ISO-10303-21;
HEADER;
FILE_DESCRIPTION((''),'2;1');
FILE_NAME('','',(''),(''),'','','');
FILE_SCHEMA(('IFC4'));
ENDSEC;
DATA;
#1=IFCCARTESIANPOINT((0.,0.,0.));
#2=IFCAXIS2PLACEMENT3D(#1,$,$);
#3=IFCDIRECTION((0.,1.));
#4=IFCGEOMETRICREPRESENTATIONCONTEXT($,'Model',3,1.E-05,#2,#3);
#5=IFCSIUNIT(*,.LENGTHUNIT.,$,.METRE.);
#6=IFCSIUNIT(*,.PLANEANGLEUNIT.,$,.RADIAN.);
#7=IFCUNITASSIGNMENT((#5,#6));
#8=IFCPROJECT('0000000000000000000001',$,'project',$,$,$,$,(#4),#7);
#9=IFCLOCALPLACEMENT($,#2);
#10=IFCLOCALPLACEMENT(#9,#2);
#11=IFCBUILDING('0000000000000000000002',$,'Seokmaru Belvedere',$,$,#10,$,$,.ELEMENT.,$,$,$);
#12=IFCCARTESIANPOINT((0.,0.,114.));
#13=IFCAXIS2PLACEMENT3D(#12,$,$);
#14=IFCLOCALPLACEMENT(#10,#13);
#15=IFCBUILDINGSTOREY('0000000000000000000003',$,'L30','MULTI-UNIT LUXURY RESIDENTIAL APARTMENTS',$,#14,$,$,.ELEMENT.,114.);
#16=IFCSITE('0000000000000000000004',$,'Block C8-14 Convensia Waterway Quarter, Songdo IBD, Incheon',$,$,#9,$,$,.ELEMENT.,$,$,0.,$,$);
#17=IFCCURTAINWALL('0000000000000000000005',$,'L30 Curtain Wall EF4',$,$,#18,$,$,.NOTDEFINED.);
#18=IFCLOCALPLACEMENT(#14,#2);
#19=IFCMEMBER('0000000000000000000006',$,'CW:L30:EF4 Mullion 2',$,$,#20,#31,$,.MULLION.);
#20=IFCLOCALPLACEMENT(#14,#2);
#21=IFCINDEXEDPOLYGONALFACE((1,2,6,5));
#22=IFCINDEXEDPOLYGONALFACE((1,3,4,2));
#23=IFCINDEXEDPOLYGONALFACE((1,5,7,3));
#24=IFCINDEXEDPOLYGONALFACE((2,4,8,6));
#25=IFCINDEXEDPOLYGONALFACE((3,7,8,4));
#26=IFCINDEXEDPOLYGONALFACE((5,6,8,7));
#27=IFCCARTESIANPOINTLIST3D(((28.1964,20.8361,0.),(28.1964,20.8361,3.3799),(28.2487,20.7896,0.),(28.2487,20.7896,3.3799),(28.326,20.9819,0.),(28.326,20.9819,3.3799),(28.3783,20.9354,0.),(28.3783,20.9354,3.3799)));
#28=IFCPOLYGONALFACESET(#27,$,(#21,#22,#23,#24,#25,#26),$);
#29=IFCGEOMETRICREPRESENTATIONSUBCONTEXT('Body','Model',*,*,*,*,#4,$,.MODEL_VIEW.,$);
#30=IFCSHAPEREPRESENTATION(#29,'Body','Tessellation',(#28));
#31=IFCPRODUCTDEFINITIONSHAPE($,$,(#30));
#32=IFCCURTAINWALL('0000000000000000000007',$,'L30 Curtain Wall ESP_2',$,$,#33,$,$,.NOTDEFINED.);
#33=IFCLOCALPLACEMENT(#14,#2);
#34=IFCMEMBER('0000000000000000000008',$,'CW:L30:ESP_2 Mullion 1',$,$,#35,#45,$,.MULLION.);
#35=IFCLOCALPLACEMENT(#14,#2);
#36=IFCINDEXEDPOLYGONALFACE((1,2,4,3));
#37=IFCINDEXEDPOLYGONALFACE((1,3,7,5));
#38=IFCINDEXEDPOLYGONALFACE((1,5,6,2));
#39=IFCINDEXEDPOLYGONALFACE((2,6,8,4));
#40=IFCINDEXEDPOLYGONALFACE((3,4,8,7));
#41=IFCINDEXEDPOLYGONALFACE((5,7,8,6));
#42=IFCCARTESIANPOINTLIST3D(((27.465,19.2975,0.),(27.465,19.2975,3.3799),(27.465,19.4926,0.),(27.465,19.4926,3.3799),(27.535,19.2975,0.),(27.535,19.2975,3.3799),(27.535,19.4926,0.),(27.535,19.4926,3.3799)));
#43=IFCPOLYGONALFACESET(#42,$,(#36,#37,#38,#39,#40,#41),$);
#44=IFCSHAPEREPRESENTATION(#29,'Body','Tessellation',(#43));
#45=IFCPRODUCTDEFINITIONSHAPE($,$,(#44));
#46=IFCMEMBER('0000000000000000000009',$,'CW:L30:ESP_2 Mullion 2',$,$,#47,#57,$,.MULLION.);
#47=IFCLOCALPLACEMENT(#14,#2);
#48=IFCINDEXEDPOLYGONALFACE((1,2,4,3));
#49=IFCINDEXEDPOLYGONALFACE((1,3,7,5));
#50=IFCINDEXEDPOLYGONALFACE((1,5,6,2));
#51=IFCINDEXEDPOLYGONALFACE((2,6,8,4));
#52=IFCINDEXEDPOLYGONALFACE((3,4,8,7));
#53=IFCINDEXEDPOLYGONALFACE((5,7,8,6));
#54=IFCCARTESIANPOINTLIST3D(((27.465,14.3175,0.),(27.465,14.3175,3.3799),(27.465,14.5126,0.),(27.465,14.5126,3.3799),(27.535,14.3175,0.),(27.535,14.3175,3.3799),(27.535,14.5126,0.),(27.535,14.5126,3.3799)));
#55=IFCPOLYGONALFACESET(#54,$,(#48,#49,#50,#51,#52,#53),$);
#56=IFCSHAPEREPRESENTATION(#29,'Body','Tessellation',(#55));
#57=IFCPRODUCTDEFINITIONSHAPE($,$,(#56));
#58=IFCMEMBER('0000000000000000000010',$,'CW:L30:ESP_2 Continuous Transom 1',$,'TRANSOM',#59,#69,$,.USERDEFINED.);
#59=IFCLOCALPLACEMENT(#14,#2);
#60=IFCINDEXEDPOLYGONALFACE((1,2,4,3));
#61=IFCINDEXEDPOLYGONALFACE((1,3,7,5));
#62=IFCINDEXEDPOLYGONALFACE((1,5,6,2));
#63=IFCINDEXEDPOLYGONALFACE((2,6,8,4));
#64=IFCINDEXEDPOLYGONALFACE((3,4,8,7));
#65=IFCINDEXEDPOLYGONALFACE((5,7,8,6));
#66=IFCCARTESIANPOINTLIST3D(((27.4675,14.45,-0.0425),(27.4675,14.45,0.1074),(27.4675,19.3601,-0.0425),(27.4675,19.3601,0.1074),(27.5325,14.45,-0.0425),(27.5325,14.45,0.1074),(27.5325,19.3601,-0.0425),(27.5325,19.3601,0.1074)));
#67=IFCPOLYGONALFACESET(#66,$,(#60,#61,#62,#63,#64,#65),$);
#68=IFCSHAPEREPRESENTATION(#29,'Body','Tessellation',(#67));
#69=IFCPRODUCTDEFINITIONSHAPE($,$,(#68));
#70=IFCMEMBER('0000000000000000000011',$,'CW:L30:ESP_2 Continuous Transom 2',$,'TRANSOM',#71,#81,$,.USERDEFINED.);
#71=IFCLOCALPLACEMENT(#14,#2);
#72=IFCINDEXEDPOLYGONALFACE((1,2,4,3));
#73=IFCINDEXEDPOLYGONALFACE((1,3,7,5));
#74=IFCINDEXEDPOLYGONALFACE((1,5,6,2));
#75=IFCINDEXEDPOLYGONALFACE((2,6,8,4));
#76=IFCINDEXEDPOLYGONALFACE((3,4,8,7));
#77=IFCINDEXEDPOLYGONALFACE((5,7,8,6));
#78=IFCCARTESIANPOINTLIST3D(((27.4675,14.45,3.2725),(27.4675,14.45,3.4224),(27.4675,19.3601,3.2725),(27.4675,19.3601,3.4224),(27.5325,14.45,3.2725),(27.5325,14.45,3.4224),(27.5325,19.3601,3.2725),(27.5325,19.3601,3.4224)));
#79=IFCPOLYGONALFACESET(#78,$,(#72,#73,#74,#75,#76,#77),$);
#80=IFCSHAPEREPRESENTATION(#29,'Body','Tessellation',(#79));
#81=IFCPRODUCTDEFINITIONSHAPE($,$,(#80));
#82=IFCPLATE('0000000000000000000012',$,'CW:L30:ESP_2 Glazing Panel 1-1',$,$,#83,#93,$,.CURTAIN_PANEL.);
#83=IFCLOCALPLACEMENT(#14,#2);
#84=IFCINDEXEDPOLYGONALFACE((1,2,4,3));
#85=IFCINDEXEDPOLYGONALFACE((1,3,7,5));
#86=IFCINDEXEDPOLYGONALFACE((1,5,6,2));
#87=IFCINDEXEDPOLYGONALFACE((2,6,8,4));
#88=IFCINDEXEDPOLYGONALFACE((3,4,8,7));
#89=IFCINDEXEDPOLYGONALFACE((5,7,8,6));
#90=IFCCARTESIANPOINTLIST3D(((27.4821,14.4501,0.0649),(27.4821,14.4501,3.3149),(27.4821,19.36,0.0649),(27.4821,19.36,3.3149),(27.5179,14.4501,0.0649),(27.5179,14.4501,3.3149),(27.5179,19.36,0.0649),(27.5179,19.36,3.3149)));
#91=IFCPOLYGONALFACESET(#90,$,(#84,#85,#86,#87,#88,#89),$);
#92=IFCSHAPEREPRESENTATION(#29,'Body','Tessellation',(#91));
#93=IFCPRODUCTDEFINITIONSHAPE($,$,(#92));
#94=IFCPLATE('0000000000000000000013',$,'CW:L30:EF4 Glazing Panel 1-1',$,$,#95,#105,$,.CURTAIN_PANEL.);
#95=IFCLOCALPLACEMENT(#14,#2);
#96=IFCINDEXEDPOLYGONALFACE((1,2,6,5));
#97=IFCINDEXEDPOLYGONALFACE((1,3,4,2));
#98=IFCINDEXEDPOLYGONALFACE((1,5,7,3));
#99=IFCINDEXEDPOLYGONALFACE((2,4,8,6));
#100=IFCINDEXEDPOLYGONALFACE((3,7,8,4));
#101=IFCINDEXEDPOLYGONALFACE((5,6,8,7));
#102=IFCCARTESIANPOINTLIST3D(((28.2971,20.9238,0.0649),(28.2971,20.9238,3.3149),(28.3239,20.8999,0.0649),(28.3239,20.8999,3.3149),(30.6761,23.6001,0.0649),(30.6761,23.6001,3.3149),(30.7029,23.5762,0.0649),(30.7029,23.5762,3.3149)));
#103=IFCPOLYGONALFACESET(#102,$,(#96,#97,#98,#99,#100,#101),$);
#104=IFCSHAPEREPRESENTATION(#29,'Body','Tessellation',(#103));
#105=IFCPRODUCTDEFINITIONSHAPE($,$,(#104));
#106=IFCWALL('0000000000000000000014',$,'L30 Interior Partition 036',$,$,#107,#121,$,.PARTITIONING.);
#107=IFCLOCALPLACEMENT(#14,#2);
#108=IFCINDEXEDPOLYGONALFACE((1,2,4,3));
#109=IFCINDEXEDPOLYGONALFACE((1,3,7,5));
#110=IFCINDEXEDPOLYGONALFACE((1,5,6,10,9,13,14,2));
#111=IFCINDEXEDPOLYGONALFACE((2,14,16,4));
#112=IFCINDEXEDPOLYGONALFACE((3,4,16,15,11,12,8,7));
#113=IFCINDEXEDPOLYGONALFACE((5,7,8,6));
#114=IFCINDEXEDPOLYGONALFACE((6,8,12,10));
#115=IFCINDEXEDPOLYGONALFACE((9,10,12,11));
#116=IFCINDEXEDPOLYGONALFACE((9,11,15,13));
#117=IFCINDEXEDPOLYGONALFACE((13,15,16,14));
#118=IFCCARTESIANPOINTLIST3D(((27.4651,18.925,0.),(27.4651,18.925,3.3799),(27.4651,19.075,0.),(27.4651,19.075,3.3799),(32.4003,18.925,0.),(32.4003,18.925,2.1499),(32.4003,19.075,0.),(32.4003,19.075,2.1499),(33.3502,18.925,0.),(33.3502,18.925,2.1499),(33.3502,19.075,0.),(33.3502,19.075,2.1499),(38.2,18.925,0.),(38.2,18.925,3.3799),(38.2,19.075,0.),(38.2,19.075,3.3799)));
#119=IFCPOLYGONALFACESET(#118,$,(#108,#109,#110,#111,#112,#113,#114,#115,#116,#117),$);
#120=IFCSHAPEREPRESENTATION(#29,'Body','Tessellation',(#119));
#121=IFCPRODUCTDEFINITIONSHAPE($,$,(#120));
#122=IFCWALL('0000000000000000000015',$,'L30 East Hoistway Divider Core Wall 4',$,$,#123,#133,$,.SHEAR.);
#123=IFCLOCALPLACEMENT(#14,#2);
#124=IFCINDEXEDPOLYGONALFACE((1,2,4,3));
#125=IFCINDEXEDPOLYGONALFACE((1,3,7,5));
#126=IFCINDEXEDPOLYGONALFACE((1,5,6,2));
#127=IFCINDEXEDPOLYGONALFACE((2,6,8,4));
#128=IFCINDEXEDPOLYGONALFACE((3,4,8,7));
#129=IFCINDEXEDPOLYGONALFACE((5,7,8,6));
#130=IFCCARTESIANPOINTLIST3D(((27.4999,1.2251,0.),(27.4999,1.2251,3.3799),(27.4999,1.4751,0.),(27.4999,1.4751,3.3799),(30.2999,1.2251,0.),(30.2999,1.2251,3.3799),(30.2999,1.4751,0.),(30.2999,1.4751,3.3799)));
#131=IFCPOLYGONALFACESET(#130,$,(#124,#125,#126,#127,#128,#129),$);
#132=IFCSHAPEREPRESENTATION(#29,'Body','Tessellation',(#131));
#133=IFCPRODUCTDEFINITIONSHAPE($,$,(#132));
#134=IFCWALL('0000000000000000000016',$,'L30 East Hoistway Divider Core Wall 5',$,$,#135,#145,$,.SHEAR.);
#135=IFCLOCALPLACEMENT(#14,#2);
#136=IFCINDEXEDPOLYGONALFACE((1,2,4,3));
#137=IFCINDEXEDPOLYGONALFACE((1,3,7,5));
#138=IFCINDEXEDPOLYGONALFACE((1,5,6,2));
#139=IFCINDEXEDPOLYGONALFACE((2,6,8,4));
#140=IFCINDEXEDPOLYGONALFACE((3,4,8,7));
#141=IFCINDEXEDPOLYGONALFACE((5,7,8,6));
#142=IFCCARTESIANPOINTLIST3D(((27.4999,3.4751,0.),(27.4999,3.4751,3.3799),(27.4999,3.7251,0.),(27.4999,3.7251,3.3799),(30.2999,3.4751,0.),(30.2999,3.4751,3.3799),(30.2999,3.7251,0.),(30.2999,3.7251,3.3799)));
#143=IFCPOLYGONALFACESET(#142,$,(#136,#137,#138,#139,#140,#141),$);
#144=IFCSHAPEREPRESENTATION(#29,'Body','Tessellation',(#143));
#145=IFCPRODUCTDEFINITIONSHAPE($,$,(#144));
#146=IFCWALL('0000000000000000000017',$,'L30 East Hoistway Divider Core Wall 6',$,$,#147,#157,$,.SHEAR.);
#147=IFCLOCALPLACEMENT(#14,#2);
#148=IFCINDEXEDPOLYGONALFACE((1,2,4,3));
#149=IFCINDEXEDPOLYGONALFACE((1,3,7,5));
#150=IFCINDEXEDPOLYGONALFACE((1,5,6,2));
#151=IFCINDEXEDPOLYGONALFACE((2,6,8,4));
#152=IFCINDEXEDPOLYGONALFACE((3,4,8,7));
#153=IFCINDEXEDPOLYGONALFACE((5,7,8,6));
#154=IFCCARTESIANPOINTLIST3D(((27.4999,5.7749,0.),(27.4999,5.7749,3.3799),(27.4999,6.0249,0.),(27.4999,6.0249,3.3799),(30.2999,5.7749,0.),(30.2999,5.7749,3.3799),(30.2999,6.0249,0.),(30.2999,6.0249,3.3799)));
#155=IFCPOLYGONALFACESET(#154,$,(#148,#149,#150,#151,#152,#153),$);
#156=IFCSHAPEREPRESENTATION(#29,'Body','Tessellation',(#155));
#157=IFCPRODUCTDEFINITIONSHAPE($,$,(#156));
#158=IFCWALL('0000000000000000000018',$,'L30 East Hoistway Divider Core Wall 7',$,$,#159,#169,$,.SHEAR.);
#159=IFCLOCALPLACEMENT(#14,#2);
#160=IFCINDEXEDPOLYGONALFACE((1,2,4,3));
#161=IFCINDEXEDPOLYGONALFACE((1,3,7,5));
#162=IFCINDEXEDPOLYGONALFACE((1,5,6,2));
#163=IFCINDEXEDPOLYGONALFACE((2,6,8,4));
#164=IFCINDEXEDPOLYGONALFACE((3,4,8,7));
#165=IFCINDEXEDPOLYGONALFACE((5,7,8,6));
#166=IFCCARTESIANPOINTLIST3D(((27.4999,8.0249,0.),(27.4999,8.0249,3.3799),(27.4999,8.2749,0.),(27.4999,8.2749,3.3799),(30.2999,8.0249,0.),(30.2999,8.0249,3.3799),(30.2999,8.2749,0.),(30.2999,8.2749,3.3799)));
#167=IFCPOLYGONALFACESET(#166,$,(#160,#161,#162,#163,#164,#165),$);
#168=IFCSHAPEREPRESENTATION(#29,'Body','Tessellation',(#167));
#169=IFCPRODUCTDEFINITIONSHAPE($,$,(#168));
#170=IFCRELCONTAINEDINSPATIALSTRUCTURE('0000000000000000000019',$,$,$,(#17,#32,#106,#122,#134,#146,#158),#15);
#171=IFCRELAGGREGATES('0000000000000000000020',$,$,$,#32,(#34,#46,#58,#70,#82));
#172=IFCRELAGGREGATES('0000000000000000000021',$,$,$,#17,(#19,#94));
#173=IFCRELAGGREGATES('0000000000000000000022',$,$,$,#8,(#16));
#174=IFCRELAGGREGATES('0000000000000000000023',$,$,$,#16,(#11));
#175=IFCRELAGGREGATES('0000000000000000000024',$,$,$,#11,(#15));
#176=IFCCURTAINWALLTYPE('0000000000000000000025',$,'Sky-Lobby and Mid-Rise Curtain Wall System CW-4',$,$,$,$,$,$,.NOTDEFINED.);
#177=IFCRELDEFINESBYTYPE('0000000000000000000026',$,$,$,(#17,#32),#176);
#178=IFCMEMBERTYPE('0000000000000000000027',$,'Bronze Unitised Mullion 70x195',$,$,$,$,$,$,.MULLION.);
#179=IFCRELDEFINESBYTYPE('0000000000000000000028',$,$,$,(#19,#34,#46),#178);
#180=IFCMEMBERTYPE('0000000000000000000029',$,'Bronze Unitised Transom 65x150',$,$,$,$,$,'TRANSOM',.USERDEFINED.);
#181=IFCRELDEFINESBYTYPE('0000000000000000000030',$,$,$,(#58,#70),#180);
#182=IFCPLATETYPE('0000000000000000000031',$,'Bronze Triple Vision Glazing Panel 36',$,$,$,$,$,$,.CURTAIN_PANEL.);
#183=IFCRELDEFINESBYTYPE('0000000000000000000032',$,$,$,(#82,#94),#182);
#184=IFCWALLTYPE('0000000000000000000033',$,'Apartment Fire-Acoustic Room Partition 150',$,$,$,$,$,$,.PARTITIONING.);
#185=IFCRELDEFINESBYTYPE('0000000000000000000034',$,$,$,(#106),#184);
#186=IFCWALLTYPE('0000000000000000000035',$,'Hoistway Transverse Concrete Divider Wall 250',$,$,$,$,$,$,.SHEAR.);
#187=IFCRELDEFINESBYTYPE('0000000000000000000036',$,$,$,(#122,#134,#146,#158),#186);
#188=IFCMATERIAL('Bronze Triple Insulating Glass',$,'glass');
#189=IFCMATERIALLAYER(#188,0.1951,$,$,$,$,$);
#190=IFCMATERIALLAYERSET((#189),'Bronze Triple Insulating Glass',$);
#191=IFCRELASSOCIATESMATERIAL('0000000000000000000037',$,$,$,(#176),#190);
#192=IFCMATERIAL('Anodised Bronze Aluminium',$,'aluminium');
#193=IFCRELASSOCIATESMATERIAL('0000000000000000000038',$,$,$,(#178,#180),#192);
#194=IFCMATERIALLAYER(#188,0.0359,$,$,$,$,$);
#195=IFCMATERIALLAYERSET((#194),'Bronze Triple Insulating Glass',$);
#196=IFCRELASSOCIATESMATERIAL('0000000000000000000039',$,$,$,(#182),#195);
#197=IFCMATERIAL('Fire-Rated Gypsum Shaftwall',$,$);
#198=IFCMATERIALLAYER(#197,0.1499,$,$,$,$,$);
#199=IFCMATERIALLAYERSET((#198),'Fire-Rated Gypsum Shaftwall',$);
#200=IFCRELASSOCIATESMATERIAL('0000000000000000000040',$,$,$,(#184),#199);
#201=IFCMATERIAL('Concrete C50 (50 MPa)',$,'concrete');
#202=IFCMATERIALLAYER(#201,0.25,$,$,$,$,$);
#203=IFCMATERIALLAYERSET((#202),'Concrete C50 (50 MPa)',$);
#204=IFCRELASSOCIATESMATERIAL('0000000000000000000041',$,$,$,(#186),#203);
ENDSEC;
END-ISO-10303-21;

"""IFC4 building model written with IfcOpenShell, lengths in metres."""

from ifc_helpers import new_model, si_unit, direction, frame, frame_2d, origin, origin_2d, place, context, subcontext, project, spatial, rectangle, extrude, source, transform, mapped, material, layer, layer_set, material_profile, profile_set, type_object, type_shapes, element, aggregate, save


model = new_model("IFC4")

# Units and contexts
model_context = context("Model", 3, precision=1e-05, world=origin(), true_north=direction((0.0, 1.0)))
body_context = subcontext(model_context, "Body", "Model", "MODEL_VIEW")
ifc_project = project(units=[si_unit("LENGTHUNIT", "METRE"), si_unit("PLANEANGLEUNIT", "RADIAN")], contexts=[model_context])

# Site, building, storey
site_placement = place(None, origin())
site = spatial("IfcSite", under=ifc_project, at=site_placement, Name="Block C8-14 Convensia Waterway Quarter, Songdo IBD, Incheon", CompositionType="ELEMENT", RefElevation=0.0)
building_placement = place(site_placement, origin())
building = spatial("IfcBuilding", under=site, at=building_placement, Name="Seokmaru Belvedere", CompositionType="ELEMENT")
storey_placement = place(building_placement, frame((0.0, 0.0, 114.0)))
storey = spatial("IfcBuildingStorey", under=building, at=storey_placement, Name="L30", Description="MULTI-UNIT LUXURY RESIDENTIAL APARTMENTS", CompositionType="ELEMENT", Elevation=114.0)

# Curtain wall, member
ifc_material_1 = material(Name="Bronze Triple Insulating Glass", Category="glass")
ifc_layer_1 = layer(ifc_material_1, 0.1951)
ifc_layer_set_1 = layer_set([ifc_layer_1], Name="Bronze Triple Insulating Glass")
curtain_wall_type = type_object("IfcCurtainWallType", Name="Sky-Lobby and Mid-Rise Curtain Wall System CW-4", PredefinedType="NOTDEFINED", material=ifc_layer_set_1)
curtain_wall_1_placement = place(storey_placement, origin())
curtain_wall_1 = element("IfcCurtainWall", 1, at=curtain_wall_1_placement, inside=storey, type_object=curtain_wall_type, Name="L30 Curtain Wall EF4", PredefinedType="NOTDEFINED")
ifc_material_2 = material(Name="Anodised Bronze Aluminium", Category="aluminium")
ifc_material_profile_1 = material_profile(ifc_material_2, rectangle(XDim=0.0701, YDim=0.1951, at=origin_2d()), Name="CW-M-70x195")
ifc_profile_set_1 = profile_set([ifc_material_profile_1], Name="Anodised Bronze Aluminium")
member_type_1 = type_object("IfcMemberType", Name="Bronze Unitised Mullion 70x195", PredefinedType="MULLION", material=ifc_profile_set_1)
shared_shape_1 = source(origin(), body_context, "Body", "SweptSolid", [
    extrude(rectangle(XDim=0.0701, YDim=0.1951, at=origin_2d()), origin(), (0.0, 0.0, 1.0), 3.3799),
])
type_shapes(member_type_1, [shared_shape_1])
member_1_placement = place(storey_placement, frame((28.2874, 20.8857, 0.0), z_axis=(0.0, 0.0, 1.0), x_axis=(0.74741, -0.664363, 0.0)))
member_1 = element("IfcMember", 2, at=member_1_placement, type_object=member_type_1, Name="CW:L30:EF4 Mullion 2", PredefinedType="MULLION", context=body_context, shape_type="MappedRepresentation", body=[
    mapped(shared_shape_1, transform((0.0, 0.0, 0.0), scale=1.0)),
])

# Curtain wall, members, plate
curtain_wall_2_placement = place(storey_placement, origin())
curtain_wall_2 = element("IfcCurtainWall", 3, at=curtain_wall_2_placement, inside=storey, type_object=curtain_wall_type, Name="L30 Curtain Wall ESP_2", PredefinedType="NOTDEFINED")
member_2_placement = place(storey_placement, frame((27.5, 19.395, 0.0), z_axis=(0.0, 0.0, 1.0), x_axis=(1.0, 0.0, 0.0)))
member_2 = element("IfcMember", 4, at=member_2_placement, type_object=member_type_1, Name="CW:L30:ESP_2 Mullion 1", PredefinedType="MULLION", context=body_context, shape_type="MappedRepresentation", body=[
    mapped(shared_shape_1, transform((0.0, 0.0, 0.0), scale=1.0)),
])
member_3_placement = place(storey_placement, frame((27.5, 14.415, 0.0), z_axis=(0.0, 0.0, 1.0), x_axis=(1.0, 0.0, 0.0)))
member_3 = element("IfcMember", 5, at=member_3_placement, type_object=member_type_1, Name="CW:L30:ESP_2 Mullion 2", PredefinedType="MULLION", context=body_context, shape_type="MappedRepresentation", body=[
    mapped(shared_shape_1, transform((0.0, 0.0, 0.0), scale=1.0)),
])
ifc_material_profile_2 = material_profile(ifc_material_2, rectangle(XDim=0.0649, YDim=0.1499, at=origin_2d()), Name="CW-T-65x150")
ifc_profile_set_2 = profile_set([ifc_material_profile_2], Name="Anodised Bronze Aluminium")
member_type_2 = type_object("IfcMemberType", Name="Bronze Unitised Transom 65x150", ElementType="TRANSOM", PredefinedType="USERDEFINED", material=ifc_profile_set_2)
shared_shape_2 = source(origin(), body_context, "Body", "SweptSolid", [
    extrude(rectangle(XDim=0.0649, YDim=0.1499, at=origin_2d()), origin(), (0.0, 0.0, 1.0), 4.9102),
])
type_shapes(member_type_2, [shared_shape_2])
member_4_placement = place(storey_placement, frame((27.5, 19.3601, 0.0325), z_axis=(0.0, -1.0, 0.0), x_axis=(1.0, 0.0, 0.0)))
member_4 = element("IfcMember", 6, at=member_4_placement, type_object=member_type_2, Name="CW:L30:ESP_2 Continuous Transom 1", ObjectType="TRANSOM", PredefinedType="USERDEFINED", context=body_context, shape_type="MappedRepresentation", body=[
    mapped(shared_shape_2, transform((0.0, 0.0, 0.0), scale=1.0)),
])
member_5_placement = place(storey_placement, frame((27.5, 19.3601, 3.3474), z_axis=(0.0, -1.0, 0.0), x_axis=(1.0, 0.0, 0.0)))
member_5 = element("IfcMember", 7, at=member_5_placement, type_object=member_type_2, Name="CW:L30:ESP_2 Continuous Transom 2", ObjectType="TRANSOM", PredefinedType="USERDEFINED", context=body_context, shape_type="MappedRepresentation", body=[
    mapped(shared_shape_2, transform((0.0, 0.0, 0.0), scale=1.0)),
])
ifc_layer_2 = layer(ifc_material_1, 0.0359)
ifc_layer_set_2 = layer_set([ifc_layer_2], Name="Bronze Triple Insulating Glass")
plate_type = type_object("IfcPlateType", Name="Bronze Triple Vision Glazing Panel 36", PredefinedType="CURTAIN_PANEL", material=ifc_layer_set_2)
shared_shape_3 = source(origin(), body_context, "Body", "SweptSolid", [
    extrude(rectangle(XDim=4.9099, YDim=0.0359, at=origin_2d()), origin(), (0.0, 0.0, 1.0), 3.25),
])
plate_1_placement = place(storey_placement, frame((27.5, 16.905, 0.0649), z_axis=(0.0, 0.0, 1.0), x_axis=(0.0, -1.0, 0.0)))
plate_1 = element("IfcPlate", 8, at=plate_1_placement, type_object=plate_type, Name="CW:L30:ESP_2 Glazing Panel 1-1", PredefinedType="CURTAIN_PANEL", context=body_context, shape_type="MappedRepresentation", body=[
    mapped(shared_shape_3, transform((0.0, 0.0, 0.0), scale=1.0)),
])
aggregate(curtain_wall_2, [member_2, member_3, member_4, member_5, plate_1])

# Plate
shared_shape_4 = source(origin(), body_context, "Body", "SweptSolid", [
    extrude(rectangle(XDim=3.5808, YDim=0.0359, at=origin_2d()), origin(), (0.0, 0.0, 1.0), 3.25),
])
type_shapes(plate_type, [shared_shape_3, shared_shape_4])
plate_2_placement = place(storey_placement, frame((29.5, 22.25, 0.0649), z_axis=(0.0, 0.0, 1.0), x_axis=(-0.664363, -0.74741, 0.0)))
plate_2 = element("IfcPlate", 9, at=plate_2_placement, type_object=plate_type, Name="CW:L30:EF4 Glazing Panel 1-1", PredefinedType="CURTAIN_PANEL", context=body_context, shape_type="MappedRepresentation", body=[
    mapped(shared_shape_4, transform((0.0, 0.0, 0.0), scale=1.0)),
])
aggregate(curtain_wall_1, [member_1, plate_2])

# Wall, opening
ifc_material_3 = material(Name="Fire-Rated Gypsum Shaftwall")
ifc_layer_3 = layer(ifc_material_3, 0.1499)
ifc_layer_set_3 = layer_set([ifc_layer_3], Name="Fire-Rated Gypsum Shaftwall")
wall_type_1 = type_object("IfcWallType", Name="Apartment Fire-Acoustic Room Partition 150", PredefinedType="PARTITIONING", material=ifc_layer_set_3)
wall_1_placement = place(storey_placement, frame((27.4651, 19.0, 0.0), z_axis=(0.0, 0.0, 1.0), x_axis=(1.0, 0.0, 0.0)))
wall_1 = element("IfcWall", 10, at=wall_1_placement, inside=storey, type_object=wall_type_1, Name="L30 Interior Partition 036", PredefinedType="PARTITIONING", context=body_context, shape_type="SweptSolid", body=[
    extrude(rectangle(XDim=10.7349, YDim=0.1499, at=frame_2d((5.3674, 0.0))), origin(), (0.0, 0.0, 1.0), 3.3799),
])
opening_1_placement = place(wall_1_placement, frame((4.9351, 0.0, 0.0)))
element("IfcOpeningElement", 11, at=opening_1_placement, cuts=wall_1, PredefinedType="OPENING", context=body_context, shape_type="SweptSolid", body=[
    extrude(rectangle(XDim=0.95, YDim=2.1499, at=frame_2d((0.4751, 1.075))), frame((0.0, 0.085, 0.0), z_axis=(0.0, -1.0, 0.0), x_axis=(1.0, 0.0, 0.0)), (0.0, 0.0, 1.0), 0.1699),
])

# Walls
ifc_material_4 = material(Name="Concrete C50 (50 MPa)", Category="concrete")
ifc_layer_4 = layer(ifc_material_4, 0.25)
ifc_layer_set_4 = layer_set([ifc_layer_4], Name="Concrete C50 (50 MPa)")
wall_type_2 = type_object("IfcWallType", Name="Hoistway Transverse Concrete Divider Wall 250", PredefinedType="SHEAR", material=ifc_layer_set_4)
for number, where, z_axis, x_axis, name in (
    (12, (27.5, 1.3501, 0.0), (0.0, 0.0, 1.0), (1.0, 0.0, 0.0), "L30 East Hoistway Divider Core Wall 4"),
    (13, (27.5, 3.6001, 0.0), (0.0, 0.0, 1.0), (1.0, 0.0, 0.0), "L30 East Hoistway Divider Core Wall 5"),
    (14, (27.5, 5.8999, 0.0), (0.0, 0.0, 1.0), (1.0, 0.0, 0.0), "L30 East Hoistway Divider Core Wall 6"),
    (15, (27.5, 8.1499, 0.0), (0.0, 0.0, 1.0), (1.0, 0.0, 0.0), "L30 East Hoistway Divider Core Wall 7"),
):
    element("IfcWall", number, at=place(storey_placement, frame(where, z_axis=z_axis, x_axis=x_axis)), inside=storey, type_object=wall_type_2, Name=name, PredefinedType="SHEAR", context=body_context, shape_type="SweptSolid", body=[
        extrude(rectangle(XDim=2.8, YDim=0.25, at=frame_2d((1.3999, 0.0))), origin(), (0.0, 0.0, 1.0), 3.3799),
    ])

save(model, "model.ifc")
